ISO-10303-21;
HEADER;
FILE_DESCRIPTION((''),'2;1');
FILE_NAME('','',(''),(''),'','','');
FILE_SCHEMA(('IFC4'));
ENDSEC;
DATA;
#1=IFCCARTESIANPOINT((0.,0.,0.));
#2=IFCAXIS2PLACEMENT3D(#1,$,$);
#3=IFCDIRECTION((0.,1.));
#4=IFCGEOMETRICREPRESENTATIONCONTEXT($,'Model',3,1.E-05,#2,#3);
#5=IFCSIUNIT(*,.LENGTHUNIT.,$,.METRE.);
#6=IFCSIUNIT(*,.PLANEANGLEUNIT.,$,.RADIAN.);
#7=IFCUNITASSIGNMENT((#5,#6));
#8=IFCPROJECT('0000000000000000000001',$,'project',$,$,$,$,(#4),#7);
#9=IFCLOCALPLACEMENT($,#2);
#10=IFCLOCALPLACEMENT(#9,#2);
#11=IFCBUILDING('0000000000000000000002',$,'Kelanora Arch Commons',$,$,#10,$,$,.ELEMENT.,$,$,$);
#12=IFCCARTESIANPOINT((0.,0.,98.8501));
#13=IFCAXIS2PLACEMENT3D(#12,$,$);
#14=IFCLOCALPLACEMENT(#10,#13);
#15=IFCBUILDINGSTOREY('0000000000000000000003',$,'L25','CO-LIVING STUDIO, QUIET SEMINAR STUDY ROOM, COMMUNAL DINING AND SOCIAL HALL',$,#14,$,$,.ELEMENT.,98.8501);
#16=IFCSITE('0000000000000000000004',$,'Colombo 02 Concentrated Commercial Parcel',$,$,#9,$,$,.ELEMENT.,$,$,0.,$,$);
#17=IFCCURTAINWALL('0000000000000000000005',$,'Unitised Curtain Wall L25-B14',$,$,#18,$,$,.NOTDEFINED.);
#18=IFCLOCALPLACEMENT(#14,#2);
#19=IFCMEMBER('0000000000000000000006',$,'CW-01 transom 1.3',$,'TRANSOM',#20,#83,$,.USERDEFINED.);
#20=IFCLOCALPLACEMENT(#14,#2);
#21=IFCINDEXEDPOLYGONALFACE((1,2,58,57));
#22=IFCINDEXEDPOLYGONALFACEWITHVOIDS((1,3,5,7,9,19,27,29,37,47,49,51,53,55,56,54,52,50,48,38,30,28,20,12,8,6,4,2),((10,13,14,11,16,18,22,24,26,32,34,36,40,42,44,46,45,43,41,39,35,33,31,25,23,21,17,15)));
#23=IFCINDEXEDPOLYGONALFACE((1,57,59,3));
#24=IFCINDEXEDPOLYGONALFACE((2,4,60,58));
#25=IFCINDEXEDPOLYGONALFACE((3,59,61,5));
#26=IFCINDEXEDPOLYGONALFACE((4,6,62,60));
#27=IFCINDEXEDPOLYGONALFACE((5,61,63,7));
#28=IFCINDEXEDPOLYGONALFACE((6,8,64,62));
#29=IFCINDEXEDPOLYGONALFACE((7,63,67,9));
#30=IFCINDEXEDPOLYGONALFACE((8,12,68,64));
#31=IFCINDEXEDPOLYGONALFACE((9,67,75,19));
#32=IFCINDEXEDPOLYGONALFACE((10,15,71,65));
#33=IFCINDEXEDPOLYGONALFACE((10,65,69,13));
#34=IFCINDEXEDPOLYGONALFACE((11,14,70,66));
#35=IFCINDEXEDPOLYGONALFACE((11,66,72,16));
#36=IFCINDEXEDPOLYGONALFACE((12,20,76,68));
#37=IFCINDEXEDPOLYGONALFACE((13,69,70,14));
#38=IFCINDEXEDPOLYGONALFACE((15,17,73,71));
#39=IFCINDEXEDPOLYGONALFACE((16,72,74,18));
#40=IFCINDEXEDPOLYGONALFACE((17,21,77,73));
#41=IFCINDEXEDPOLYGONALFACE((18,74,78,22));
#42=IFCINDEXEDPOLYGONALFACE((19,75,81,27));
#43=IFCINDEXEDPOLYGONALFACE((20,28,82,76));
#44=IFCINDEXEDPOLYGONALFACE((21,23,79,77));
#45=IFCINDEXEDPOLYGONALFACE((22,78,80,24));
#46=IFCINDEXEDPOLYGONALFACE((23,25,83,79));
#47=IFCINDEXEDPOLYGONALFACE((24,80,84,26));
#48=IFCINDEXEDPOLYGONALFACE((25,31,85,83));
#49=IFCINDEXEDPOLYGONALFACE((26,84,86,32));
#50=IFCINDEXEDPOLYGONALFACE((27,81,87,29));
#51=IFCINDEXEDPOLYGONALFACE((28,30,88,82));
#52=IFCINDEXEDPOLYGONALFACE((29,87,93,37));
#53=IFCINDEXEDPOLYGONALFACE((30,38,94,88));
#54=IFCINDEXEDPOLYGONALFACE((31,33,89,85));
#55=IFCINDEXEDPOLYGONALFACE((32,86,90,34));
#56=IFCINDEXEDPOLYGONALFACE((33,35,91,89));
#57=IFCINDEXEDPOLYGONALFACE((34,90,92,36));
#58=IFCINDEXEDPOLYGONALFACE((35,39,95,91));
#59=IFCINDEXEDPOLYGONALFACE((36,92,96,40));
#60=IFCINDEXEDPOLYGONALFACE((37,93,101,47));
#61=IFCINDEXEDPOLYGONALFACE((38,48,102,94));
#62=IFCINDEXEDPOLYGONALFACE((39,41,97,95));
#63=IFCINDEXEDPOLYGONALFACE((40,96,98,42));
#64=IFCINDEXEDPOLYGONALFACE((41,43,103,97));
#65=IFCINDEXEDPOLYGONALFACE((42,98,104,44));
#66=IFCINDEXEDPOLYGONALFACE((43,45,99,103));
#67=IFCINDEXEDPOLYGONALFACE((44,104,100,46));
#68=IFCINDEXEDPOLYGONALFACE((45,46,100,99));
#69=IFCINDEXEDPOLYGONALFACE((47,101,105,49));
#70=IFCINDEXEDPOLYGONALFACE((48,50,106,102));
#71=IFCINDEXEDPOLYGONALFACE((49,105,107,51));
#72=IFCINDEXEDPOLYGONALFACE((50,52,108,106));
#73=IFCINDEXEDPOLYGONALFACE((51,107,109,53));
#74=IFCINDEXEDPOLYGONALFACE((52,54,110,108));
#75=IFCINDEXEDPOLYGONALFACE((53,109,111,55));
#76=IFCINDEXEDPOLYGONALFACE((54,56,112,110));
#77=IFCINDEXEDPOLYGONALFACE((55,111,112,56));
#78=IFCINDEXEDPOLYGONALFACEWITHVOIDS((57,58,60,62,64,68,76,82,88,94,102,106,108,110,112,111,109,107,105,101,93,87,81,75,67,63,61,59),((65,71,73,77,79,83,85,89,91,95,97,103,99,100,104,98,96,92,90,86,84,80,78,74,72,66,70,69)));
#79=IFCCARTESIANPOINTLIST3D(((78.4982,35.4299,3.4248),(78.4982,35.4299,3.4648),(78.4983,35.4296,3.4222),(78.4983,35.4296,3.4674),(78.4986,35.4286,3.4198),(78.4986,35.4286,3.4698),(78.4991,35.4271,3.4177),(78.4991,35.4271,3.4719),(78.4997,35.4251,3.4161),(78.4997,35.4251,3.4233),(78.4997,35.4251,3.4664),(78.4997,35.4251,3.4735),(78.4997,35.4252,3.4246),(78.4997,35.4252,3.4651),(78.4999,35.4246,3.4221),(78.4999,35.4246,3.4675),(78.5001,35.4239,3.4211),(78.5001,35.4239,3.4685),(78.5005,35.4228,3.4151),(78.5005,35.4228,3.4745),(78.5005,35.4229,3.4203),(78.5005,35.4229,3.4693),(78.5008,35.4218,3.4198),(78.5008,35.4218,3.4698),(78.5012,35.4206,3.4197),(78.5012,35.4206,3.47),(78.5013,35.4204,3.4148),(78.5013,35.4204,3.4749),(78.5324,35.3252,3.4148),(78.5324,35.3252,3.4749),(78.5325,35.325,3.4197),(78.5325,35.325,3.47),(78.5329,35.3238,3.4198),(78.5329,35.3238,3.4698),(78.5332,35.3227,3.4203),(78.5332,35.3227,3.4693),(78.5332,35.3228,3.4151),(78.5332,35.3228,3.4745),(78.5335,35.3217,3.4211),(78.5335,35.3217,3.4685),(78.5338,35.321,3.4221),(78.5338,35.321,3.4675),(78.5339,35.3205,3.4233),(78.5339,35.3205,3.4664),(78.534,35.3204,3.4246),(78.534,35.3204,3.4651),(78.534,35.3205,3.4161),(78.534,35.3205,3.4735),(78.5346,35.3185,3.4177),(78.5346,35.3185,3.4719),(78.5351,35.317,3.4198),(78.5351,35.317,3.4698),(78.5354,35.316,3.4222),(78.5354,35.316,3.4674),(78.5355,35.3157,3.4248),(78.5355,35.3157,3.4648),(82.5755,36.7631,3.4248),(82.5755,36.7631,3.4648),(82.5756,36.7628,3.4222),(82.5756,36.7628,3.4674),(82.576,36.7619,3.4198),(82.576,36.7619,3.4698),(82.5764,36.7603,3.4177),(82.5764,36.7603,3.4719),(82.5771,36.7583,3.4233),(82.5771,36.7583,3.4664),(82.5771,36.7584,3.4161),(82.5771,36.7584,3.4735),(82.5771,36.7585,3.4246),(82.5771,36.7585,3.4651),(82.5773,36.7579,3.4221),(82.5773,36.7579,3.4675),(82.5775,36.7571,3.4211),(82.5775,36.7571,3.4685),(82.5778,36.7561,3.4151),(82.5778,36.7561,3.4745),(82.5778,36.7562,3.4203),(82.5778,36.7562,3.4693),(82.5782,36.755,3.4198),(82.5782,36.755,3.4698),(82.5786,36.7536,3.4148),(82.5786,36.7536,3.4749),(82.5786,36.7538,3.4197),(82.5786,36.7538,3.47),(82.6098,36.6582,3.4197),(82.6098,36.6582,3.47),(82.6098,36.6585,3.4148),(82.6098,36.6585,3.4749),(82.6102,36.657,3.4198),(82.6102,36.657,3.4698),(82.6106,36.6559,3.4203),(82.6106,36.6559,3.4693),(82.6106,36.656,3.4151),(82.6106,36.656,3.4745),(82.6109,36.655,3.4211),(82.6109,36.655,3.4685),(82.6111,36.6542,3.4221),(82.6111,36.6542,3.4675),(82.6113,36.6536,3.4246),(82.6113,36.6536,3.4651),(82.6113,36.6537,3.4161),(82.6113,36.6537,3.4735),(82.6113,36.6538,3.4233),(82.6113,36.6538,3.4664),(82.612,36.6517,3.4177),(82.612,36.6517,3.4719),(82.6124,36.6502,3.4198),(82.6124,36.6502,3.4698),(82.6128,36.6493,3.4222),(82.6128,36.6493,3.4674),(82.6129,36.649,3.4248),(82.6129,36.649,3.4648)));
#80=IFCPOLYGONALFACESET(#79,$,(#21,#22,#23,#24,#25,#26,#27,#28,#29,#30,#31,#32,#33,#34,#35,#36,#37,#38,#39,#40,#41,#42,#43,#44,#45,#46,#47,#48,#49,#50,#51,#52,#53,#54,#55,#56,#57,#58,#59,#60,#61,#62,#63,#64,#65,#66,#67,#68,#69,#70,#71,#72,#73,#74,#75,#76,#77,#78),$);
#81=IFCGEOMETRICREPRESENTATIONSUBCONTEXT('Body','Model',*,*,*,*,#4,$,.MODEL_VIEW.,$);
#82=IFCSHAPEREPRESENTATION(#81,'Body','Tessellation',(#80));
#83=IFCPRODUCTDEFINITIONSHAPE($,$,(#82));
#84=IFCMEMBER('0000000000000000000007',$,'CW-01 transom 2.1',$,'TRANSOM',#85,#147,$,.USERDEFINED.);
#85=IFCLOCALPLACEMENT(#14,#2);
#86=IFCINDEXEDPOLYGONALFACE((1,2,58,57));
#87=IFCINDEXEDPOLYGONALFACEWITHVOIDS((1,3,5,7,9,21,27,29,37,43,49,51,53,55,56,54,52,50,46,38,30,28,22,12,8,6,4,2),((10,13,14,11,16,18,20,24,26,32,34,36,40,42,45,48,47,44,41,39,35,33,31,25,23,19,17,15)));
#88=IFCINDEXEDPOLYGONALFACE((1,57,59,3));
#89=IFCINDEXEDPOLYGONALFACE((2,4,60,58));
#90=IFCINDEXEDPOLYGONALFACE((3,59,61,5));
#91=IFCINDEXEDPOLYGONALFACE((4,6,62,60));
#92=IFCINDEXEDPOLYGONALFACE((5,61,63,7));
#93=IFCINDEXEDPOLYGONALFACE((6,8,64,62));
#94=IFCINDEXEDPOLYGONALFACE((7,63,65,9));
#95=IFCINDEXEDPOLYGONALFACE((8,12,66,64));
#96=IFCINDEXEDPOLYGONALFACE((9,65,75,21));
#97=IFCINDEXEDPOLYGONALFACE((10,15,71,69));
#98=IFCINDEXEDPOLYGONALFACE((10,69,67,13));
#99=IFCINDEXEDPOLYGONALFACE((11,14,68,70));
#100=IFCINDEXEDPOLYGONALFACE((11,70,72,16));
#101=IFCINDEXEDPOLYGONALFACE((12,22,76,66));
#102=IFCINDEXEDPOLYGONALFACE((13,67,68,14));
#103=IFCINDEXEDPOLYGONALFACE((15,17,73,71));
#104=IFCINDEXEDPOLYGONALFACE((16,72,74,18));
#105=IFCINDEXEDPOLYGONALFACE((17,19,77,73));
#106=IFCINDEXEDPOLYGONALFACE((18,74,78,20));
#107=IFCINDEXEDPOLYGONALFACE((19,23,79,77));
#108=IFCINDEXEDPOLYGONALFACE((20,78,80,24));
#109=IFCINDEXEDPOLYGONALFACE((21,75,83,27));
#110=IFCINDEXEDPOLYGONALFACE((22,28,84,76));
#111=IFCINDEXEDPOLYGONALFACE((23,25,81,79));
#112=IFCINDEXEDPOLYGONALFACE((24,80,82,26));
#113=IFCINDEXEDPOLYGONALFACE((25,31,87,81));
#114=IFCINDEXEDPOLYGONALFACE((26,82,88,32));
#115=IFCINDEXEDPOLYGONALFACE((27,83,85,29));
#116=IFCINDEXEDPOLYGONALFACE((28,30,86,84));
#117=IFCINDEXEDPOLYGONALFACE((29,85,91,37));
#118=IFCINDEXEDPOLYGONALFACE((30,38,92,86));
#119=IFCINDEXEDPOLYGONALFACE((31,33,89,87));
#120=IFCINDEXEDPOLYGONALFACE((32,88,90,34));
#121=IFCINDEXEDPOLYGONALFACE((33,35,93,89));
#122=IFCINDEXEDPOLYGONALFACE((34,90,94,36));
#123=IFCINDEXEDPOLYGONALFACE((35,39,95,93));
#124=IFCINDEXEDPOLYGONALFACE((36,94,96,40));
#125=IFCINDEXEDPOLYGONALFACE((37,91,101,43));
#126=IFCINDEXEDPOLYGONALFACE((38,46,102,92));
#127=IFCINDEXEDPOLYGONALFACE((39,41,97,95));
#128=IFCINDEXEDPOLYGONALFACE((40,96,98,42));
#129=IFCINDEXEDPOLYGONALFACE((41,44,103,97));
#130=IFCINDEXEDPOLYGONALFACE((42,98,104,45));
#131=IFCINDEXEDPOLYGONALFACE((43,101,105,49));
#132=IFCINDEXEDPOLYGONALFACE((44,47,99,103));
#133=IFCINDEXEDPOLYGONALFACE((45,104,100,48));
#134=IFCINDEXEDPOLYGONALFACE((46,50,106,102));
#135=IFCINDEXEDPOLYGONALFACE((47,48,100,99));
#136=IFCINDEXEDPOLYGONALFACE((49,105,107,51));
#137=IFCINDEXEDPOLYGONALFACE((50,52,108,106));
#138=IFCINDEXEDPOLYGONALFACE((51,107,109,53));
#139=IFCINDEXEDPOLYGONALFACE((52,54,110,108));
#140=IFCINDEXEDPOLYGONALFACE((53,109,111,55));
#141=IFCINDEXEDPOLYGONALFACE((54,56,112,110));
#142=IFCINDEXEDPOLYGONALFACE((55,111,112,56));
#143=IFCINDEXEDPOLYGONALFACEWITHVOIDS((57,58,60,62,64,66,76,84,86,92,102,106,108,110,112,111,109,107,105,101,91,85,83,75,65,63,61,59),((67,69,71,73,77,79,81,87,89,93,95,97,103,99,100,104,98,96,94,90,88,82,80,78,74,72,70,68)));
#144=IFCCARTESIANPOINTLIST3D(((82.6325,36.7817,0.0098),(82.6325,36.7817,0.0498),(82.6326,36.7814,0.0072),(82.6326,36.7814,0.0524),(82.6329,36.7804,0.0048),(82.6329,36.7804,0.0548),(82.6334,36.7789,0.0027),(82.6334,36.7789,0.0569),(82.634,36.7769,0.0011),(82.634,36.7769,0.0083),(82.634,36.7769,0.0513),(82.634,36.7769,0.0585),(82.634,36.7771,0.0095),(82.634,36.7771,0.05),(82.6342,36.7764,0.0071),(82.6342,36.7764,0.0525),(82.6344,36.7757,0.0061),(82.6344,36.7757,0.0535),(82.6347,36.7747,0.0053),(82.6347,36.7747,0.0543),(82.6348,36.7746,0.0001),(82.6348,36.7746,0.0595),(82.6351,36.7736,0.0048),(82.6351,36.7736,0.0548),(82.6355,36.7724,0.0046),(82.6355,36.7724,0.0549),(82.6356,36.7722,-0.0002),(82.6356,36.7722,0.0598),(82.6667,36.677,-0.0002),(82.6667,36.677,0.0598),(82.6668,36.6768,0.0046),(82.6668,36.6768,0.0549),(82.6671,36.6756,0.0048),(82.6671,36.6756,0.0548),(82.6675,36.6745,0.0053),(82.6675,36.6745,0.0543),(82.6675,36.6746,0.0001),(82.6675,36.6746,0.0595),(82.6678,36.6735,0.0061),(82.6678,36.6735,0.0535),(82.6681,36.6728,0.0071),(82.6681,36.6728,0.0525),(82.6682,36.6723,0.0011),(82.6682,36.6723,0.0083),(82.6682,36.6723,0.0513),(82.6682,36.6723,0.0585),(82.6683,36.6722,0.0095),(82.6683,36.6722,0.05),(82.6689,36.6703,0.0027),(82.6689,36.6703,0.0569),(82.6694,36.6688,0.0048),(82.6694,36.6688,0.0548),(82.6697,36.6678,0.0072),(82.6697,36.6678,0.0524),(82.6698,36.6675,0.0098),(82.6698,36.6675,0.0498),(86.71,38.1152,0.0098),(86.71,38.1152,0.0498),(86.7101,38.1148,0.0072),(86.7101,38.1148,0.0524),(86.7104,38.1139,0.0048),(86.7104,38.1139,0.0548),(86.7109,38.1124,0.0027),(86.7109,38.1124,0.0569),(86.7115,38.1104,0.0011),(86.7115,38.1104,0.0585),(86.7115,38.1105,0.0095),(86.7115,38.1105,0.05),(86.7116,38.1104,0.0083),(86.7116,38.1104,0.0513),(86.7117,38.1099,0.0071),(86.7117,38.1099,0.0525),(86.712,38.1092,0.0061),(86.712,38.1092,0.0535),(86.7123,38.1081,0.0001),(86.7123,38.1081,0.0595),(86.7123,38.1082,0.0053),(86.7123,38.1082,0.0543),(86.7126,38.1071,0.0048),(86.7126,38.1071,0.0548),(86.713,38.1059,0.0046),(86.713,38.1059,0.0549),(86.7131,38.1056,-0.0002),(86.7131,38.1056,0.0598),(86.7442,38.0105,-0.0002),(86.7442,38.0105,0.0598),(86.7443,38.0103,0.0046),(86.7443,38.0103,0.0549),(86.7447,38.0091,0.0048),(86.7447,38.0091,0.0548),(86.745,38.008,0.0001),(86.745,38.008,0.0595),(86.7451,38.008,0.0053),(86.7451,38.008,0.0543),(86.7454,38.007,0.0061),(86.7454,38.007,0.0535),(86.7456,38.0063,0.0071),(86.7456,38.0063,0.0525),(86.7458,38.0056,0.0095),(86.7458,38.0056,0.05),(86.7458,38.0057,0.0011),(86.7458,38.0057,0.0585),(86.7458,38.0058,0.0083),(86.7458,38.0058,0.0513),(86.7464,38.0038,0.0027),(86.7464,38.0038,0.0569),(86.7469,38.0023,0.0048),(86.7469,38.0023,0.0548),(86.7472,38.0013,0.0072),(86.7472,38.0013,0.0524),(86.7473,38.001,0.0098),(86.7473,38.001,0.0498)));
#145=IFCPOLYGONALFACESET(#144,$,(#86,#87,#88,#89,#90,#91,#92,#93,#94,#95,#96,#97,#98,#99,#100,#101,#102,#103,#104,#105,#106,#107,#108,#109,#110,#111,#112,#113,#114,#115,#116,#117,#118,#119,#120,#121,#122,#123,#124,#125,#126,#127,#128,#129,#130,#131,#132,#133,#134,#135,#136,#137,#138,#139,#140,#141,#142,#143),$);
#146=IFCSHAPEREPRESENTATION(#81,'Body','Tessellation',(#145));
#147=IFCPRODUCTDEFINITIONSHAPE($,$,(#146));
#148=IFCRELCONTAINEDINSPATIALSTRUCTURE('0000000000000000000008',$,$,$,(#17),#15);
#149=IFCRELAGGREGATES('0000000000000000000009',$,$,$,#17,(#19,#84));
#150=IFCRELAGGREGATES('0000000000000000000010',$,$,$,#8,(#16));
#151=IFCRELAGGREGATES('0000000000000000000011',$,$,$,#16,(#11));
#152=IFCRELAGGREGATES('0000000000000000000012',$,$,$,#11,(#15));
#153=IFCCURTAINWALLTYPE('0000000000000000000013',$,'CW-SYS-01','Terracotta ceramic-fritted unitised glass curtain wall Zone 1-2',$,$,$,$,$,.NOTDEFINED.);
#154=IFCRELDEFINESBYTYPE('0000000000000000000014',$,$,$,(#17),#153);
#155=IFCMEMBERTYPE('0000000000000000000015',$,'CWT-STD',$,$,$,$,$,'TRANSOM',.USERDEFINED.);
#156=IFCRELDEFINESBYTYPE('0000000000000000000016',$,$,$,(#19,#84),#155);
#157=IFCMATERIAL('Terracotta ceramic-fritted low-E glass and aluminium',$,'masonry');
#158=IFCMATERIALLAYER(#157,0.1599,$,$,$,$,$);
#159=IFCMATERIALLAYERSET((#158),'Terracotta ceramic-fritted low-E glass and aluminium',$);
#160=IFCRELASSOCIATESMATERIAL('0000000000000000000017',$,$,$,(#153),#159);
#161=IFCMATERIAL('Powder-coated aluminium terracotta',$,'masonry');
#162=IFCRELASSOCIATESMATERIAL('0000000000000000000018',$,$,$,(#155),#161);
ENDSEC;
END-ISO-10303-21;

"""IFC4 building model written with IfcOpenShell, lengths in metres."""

from ifc_helpers import new_model, si_unit, direction, frame, origin, origin_2d, place, context, subcontext, project, spatial, hollow_rectangle, extrude, material, layer, layer_set, material_profile, profile_set, type_object, element, aggregate, save


model = new_model("IFC4")

# Units and contexts
model_context = context("Model", 3, precision=1e-05, world=origin(), true_north=direction((0.0, 1.0)))
body_context = subcontext(model_context, "Body", "Model", "MODEL_VIEW")
ifc_project = project(units=[si_unit("LENGTHUNIT", "METRE"), si_unit("PLANEANGLEUNIT", "RADIAN")], contexts=[model_context])

# Site, building, storey
site_placement = place(None, origin())
site = spatial("IfcSite", under=ifc_project, at=site_placement, Name="Colombo 02 Concentrated Commercial Parcel", CompositionType="ELEMENT", RefElevation=0.0)
building_placement = place(site_placement, origin())
building = spatial("IfcBuilding", under=site, at=building_placement, Name="Kelanora Arch Commons", CompositionType="ELEMENT")
storey_placement = place(building_placement, frame((0.0, 0.0, 98.8501)))
storey = spatial("IfcBuildingStorey", under=building, at=storey_placement, Name="L25", Description="CO-LIVING STUDIO, QUIET SEMINAR STUDY ROOM, COMMUNAL DINING AND SOCIAL HALL", CompositionType="ELEMENT", Elevation=98.8501)

# Curtain wall, members
ifc_material_1 = material(Name="Terracotta ceramic-fritted low-E glass and aluminium", Category="masonry")
ifc_layer_1 = layer(ifc_material_1, 0.1599)
ifc_layer_set_1 = layer_set([ifc_layer_1], Name="Terracotta ceramic-fritted low-E glass and aluminium")
curtain_wall_type = type_object("IfcCurtainWallType", Name="CW-SYS-01", Description="Terracotta ceramic-fritted unitised glass curtain wall Zone 1-2", PredefinedType="NOTDEFINED", material=ifc_layer_set_1)
curtain_wall_placement = place(storey_placement, origin())
curtain_wall = element("IfcCurtainWall", 1, at=curtain_wall_placement, inside=storey, type_object=curtain_wall_type, Name="Unitised Curtain Wall L25-B14", PredefinedType="NOTDEFINED")
ifc_material_2 = material(Name="Powder-coated aluminium terracotta", Category="masonry")
ifc_material_profile_1 = material_profile(ifc_material_2, hollow_rectangle(XDim=0.1201, YDim=0.0601, WallThickness=0.0049, InnerFilletRadius=0.0049, OuterFilletRadius=0.01, at=origin_2d()), Name="CWT120x60")
ifc_profile_set_1 = profile_set([ifc_material_profile_1], Name="Powder-coated aluminium terracotta")
member_type_1 = type_object("IfcMemberType", Name="CWT-STD", ElementType="TRANSOM", PredefinedType="USERDEFINED", material=ifc_profile_set_1)
member_1_placement = place(storey_placement, frame((78.5168, 35.3728, 3.4448), z_axis=(0.950478, 0.310793, 0.0), x_axis=(-0.310793, 0.950478, 0.0)))
member_1 = element("IfcMember", 2, at=member_1_placement, type_object=member_type_1, Name="CW-01 transom 1.3", ObjectType="TRANSOM", PredefinedType="USERDEFINED", context=body_context, shape_type="SweptSolid", body=[
    extrude(hollow_rectangle(XDim=0.1201, YDim=0.0601, WallThickness=0.0049, InnerFilletRadius=0.0049, OuterFilletRadius=0.01, at=origin_2d()), origin(), (0.0, 0.0, 1.0), 4.2898),
])
member_2_placement = place(storey_placement, frame((82.6511, 36.7246, 0.0298), z_axis=(0.950466, 0.310828, 0.0), x_axis=(-0.310828, 0.950466, 0.0)))
member_2 = element("IfcMember", 3, at=member_2_placement, type_object=member_type_1, Name="CW-01 transom 2.1", ObjectType="TRANSOM", PredefinedType="USERDEFINED", context=body_context, shape_type="SweptSolid", body=[
    extrude(hollow_rectangle(XDim=0.1201, YDim=0.0601, WallThickness=0.0049, InnerFilletRadius=0.0049, OuterFilletRadius=0.01, at=origin_2d()), origin(), (0.0, 0.0, 1.0), 4.29),
])
aggregate(curtain_wall, [member_1, member_2])

save(model, "model.ifc")
